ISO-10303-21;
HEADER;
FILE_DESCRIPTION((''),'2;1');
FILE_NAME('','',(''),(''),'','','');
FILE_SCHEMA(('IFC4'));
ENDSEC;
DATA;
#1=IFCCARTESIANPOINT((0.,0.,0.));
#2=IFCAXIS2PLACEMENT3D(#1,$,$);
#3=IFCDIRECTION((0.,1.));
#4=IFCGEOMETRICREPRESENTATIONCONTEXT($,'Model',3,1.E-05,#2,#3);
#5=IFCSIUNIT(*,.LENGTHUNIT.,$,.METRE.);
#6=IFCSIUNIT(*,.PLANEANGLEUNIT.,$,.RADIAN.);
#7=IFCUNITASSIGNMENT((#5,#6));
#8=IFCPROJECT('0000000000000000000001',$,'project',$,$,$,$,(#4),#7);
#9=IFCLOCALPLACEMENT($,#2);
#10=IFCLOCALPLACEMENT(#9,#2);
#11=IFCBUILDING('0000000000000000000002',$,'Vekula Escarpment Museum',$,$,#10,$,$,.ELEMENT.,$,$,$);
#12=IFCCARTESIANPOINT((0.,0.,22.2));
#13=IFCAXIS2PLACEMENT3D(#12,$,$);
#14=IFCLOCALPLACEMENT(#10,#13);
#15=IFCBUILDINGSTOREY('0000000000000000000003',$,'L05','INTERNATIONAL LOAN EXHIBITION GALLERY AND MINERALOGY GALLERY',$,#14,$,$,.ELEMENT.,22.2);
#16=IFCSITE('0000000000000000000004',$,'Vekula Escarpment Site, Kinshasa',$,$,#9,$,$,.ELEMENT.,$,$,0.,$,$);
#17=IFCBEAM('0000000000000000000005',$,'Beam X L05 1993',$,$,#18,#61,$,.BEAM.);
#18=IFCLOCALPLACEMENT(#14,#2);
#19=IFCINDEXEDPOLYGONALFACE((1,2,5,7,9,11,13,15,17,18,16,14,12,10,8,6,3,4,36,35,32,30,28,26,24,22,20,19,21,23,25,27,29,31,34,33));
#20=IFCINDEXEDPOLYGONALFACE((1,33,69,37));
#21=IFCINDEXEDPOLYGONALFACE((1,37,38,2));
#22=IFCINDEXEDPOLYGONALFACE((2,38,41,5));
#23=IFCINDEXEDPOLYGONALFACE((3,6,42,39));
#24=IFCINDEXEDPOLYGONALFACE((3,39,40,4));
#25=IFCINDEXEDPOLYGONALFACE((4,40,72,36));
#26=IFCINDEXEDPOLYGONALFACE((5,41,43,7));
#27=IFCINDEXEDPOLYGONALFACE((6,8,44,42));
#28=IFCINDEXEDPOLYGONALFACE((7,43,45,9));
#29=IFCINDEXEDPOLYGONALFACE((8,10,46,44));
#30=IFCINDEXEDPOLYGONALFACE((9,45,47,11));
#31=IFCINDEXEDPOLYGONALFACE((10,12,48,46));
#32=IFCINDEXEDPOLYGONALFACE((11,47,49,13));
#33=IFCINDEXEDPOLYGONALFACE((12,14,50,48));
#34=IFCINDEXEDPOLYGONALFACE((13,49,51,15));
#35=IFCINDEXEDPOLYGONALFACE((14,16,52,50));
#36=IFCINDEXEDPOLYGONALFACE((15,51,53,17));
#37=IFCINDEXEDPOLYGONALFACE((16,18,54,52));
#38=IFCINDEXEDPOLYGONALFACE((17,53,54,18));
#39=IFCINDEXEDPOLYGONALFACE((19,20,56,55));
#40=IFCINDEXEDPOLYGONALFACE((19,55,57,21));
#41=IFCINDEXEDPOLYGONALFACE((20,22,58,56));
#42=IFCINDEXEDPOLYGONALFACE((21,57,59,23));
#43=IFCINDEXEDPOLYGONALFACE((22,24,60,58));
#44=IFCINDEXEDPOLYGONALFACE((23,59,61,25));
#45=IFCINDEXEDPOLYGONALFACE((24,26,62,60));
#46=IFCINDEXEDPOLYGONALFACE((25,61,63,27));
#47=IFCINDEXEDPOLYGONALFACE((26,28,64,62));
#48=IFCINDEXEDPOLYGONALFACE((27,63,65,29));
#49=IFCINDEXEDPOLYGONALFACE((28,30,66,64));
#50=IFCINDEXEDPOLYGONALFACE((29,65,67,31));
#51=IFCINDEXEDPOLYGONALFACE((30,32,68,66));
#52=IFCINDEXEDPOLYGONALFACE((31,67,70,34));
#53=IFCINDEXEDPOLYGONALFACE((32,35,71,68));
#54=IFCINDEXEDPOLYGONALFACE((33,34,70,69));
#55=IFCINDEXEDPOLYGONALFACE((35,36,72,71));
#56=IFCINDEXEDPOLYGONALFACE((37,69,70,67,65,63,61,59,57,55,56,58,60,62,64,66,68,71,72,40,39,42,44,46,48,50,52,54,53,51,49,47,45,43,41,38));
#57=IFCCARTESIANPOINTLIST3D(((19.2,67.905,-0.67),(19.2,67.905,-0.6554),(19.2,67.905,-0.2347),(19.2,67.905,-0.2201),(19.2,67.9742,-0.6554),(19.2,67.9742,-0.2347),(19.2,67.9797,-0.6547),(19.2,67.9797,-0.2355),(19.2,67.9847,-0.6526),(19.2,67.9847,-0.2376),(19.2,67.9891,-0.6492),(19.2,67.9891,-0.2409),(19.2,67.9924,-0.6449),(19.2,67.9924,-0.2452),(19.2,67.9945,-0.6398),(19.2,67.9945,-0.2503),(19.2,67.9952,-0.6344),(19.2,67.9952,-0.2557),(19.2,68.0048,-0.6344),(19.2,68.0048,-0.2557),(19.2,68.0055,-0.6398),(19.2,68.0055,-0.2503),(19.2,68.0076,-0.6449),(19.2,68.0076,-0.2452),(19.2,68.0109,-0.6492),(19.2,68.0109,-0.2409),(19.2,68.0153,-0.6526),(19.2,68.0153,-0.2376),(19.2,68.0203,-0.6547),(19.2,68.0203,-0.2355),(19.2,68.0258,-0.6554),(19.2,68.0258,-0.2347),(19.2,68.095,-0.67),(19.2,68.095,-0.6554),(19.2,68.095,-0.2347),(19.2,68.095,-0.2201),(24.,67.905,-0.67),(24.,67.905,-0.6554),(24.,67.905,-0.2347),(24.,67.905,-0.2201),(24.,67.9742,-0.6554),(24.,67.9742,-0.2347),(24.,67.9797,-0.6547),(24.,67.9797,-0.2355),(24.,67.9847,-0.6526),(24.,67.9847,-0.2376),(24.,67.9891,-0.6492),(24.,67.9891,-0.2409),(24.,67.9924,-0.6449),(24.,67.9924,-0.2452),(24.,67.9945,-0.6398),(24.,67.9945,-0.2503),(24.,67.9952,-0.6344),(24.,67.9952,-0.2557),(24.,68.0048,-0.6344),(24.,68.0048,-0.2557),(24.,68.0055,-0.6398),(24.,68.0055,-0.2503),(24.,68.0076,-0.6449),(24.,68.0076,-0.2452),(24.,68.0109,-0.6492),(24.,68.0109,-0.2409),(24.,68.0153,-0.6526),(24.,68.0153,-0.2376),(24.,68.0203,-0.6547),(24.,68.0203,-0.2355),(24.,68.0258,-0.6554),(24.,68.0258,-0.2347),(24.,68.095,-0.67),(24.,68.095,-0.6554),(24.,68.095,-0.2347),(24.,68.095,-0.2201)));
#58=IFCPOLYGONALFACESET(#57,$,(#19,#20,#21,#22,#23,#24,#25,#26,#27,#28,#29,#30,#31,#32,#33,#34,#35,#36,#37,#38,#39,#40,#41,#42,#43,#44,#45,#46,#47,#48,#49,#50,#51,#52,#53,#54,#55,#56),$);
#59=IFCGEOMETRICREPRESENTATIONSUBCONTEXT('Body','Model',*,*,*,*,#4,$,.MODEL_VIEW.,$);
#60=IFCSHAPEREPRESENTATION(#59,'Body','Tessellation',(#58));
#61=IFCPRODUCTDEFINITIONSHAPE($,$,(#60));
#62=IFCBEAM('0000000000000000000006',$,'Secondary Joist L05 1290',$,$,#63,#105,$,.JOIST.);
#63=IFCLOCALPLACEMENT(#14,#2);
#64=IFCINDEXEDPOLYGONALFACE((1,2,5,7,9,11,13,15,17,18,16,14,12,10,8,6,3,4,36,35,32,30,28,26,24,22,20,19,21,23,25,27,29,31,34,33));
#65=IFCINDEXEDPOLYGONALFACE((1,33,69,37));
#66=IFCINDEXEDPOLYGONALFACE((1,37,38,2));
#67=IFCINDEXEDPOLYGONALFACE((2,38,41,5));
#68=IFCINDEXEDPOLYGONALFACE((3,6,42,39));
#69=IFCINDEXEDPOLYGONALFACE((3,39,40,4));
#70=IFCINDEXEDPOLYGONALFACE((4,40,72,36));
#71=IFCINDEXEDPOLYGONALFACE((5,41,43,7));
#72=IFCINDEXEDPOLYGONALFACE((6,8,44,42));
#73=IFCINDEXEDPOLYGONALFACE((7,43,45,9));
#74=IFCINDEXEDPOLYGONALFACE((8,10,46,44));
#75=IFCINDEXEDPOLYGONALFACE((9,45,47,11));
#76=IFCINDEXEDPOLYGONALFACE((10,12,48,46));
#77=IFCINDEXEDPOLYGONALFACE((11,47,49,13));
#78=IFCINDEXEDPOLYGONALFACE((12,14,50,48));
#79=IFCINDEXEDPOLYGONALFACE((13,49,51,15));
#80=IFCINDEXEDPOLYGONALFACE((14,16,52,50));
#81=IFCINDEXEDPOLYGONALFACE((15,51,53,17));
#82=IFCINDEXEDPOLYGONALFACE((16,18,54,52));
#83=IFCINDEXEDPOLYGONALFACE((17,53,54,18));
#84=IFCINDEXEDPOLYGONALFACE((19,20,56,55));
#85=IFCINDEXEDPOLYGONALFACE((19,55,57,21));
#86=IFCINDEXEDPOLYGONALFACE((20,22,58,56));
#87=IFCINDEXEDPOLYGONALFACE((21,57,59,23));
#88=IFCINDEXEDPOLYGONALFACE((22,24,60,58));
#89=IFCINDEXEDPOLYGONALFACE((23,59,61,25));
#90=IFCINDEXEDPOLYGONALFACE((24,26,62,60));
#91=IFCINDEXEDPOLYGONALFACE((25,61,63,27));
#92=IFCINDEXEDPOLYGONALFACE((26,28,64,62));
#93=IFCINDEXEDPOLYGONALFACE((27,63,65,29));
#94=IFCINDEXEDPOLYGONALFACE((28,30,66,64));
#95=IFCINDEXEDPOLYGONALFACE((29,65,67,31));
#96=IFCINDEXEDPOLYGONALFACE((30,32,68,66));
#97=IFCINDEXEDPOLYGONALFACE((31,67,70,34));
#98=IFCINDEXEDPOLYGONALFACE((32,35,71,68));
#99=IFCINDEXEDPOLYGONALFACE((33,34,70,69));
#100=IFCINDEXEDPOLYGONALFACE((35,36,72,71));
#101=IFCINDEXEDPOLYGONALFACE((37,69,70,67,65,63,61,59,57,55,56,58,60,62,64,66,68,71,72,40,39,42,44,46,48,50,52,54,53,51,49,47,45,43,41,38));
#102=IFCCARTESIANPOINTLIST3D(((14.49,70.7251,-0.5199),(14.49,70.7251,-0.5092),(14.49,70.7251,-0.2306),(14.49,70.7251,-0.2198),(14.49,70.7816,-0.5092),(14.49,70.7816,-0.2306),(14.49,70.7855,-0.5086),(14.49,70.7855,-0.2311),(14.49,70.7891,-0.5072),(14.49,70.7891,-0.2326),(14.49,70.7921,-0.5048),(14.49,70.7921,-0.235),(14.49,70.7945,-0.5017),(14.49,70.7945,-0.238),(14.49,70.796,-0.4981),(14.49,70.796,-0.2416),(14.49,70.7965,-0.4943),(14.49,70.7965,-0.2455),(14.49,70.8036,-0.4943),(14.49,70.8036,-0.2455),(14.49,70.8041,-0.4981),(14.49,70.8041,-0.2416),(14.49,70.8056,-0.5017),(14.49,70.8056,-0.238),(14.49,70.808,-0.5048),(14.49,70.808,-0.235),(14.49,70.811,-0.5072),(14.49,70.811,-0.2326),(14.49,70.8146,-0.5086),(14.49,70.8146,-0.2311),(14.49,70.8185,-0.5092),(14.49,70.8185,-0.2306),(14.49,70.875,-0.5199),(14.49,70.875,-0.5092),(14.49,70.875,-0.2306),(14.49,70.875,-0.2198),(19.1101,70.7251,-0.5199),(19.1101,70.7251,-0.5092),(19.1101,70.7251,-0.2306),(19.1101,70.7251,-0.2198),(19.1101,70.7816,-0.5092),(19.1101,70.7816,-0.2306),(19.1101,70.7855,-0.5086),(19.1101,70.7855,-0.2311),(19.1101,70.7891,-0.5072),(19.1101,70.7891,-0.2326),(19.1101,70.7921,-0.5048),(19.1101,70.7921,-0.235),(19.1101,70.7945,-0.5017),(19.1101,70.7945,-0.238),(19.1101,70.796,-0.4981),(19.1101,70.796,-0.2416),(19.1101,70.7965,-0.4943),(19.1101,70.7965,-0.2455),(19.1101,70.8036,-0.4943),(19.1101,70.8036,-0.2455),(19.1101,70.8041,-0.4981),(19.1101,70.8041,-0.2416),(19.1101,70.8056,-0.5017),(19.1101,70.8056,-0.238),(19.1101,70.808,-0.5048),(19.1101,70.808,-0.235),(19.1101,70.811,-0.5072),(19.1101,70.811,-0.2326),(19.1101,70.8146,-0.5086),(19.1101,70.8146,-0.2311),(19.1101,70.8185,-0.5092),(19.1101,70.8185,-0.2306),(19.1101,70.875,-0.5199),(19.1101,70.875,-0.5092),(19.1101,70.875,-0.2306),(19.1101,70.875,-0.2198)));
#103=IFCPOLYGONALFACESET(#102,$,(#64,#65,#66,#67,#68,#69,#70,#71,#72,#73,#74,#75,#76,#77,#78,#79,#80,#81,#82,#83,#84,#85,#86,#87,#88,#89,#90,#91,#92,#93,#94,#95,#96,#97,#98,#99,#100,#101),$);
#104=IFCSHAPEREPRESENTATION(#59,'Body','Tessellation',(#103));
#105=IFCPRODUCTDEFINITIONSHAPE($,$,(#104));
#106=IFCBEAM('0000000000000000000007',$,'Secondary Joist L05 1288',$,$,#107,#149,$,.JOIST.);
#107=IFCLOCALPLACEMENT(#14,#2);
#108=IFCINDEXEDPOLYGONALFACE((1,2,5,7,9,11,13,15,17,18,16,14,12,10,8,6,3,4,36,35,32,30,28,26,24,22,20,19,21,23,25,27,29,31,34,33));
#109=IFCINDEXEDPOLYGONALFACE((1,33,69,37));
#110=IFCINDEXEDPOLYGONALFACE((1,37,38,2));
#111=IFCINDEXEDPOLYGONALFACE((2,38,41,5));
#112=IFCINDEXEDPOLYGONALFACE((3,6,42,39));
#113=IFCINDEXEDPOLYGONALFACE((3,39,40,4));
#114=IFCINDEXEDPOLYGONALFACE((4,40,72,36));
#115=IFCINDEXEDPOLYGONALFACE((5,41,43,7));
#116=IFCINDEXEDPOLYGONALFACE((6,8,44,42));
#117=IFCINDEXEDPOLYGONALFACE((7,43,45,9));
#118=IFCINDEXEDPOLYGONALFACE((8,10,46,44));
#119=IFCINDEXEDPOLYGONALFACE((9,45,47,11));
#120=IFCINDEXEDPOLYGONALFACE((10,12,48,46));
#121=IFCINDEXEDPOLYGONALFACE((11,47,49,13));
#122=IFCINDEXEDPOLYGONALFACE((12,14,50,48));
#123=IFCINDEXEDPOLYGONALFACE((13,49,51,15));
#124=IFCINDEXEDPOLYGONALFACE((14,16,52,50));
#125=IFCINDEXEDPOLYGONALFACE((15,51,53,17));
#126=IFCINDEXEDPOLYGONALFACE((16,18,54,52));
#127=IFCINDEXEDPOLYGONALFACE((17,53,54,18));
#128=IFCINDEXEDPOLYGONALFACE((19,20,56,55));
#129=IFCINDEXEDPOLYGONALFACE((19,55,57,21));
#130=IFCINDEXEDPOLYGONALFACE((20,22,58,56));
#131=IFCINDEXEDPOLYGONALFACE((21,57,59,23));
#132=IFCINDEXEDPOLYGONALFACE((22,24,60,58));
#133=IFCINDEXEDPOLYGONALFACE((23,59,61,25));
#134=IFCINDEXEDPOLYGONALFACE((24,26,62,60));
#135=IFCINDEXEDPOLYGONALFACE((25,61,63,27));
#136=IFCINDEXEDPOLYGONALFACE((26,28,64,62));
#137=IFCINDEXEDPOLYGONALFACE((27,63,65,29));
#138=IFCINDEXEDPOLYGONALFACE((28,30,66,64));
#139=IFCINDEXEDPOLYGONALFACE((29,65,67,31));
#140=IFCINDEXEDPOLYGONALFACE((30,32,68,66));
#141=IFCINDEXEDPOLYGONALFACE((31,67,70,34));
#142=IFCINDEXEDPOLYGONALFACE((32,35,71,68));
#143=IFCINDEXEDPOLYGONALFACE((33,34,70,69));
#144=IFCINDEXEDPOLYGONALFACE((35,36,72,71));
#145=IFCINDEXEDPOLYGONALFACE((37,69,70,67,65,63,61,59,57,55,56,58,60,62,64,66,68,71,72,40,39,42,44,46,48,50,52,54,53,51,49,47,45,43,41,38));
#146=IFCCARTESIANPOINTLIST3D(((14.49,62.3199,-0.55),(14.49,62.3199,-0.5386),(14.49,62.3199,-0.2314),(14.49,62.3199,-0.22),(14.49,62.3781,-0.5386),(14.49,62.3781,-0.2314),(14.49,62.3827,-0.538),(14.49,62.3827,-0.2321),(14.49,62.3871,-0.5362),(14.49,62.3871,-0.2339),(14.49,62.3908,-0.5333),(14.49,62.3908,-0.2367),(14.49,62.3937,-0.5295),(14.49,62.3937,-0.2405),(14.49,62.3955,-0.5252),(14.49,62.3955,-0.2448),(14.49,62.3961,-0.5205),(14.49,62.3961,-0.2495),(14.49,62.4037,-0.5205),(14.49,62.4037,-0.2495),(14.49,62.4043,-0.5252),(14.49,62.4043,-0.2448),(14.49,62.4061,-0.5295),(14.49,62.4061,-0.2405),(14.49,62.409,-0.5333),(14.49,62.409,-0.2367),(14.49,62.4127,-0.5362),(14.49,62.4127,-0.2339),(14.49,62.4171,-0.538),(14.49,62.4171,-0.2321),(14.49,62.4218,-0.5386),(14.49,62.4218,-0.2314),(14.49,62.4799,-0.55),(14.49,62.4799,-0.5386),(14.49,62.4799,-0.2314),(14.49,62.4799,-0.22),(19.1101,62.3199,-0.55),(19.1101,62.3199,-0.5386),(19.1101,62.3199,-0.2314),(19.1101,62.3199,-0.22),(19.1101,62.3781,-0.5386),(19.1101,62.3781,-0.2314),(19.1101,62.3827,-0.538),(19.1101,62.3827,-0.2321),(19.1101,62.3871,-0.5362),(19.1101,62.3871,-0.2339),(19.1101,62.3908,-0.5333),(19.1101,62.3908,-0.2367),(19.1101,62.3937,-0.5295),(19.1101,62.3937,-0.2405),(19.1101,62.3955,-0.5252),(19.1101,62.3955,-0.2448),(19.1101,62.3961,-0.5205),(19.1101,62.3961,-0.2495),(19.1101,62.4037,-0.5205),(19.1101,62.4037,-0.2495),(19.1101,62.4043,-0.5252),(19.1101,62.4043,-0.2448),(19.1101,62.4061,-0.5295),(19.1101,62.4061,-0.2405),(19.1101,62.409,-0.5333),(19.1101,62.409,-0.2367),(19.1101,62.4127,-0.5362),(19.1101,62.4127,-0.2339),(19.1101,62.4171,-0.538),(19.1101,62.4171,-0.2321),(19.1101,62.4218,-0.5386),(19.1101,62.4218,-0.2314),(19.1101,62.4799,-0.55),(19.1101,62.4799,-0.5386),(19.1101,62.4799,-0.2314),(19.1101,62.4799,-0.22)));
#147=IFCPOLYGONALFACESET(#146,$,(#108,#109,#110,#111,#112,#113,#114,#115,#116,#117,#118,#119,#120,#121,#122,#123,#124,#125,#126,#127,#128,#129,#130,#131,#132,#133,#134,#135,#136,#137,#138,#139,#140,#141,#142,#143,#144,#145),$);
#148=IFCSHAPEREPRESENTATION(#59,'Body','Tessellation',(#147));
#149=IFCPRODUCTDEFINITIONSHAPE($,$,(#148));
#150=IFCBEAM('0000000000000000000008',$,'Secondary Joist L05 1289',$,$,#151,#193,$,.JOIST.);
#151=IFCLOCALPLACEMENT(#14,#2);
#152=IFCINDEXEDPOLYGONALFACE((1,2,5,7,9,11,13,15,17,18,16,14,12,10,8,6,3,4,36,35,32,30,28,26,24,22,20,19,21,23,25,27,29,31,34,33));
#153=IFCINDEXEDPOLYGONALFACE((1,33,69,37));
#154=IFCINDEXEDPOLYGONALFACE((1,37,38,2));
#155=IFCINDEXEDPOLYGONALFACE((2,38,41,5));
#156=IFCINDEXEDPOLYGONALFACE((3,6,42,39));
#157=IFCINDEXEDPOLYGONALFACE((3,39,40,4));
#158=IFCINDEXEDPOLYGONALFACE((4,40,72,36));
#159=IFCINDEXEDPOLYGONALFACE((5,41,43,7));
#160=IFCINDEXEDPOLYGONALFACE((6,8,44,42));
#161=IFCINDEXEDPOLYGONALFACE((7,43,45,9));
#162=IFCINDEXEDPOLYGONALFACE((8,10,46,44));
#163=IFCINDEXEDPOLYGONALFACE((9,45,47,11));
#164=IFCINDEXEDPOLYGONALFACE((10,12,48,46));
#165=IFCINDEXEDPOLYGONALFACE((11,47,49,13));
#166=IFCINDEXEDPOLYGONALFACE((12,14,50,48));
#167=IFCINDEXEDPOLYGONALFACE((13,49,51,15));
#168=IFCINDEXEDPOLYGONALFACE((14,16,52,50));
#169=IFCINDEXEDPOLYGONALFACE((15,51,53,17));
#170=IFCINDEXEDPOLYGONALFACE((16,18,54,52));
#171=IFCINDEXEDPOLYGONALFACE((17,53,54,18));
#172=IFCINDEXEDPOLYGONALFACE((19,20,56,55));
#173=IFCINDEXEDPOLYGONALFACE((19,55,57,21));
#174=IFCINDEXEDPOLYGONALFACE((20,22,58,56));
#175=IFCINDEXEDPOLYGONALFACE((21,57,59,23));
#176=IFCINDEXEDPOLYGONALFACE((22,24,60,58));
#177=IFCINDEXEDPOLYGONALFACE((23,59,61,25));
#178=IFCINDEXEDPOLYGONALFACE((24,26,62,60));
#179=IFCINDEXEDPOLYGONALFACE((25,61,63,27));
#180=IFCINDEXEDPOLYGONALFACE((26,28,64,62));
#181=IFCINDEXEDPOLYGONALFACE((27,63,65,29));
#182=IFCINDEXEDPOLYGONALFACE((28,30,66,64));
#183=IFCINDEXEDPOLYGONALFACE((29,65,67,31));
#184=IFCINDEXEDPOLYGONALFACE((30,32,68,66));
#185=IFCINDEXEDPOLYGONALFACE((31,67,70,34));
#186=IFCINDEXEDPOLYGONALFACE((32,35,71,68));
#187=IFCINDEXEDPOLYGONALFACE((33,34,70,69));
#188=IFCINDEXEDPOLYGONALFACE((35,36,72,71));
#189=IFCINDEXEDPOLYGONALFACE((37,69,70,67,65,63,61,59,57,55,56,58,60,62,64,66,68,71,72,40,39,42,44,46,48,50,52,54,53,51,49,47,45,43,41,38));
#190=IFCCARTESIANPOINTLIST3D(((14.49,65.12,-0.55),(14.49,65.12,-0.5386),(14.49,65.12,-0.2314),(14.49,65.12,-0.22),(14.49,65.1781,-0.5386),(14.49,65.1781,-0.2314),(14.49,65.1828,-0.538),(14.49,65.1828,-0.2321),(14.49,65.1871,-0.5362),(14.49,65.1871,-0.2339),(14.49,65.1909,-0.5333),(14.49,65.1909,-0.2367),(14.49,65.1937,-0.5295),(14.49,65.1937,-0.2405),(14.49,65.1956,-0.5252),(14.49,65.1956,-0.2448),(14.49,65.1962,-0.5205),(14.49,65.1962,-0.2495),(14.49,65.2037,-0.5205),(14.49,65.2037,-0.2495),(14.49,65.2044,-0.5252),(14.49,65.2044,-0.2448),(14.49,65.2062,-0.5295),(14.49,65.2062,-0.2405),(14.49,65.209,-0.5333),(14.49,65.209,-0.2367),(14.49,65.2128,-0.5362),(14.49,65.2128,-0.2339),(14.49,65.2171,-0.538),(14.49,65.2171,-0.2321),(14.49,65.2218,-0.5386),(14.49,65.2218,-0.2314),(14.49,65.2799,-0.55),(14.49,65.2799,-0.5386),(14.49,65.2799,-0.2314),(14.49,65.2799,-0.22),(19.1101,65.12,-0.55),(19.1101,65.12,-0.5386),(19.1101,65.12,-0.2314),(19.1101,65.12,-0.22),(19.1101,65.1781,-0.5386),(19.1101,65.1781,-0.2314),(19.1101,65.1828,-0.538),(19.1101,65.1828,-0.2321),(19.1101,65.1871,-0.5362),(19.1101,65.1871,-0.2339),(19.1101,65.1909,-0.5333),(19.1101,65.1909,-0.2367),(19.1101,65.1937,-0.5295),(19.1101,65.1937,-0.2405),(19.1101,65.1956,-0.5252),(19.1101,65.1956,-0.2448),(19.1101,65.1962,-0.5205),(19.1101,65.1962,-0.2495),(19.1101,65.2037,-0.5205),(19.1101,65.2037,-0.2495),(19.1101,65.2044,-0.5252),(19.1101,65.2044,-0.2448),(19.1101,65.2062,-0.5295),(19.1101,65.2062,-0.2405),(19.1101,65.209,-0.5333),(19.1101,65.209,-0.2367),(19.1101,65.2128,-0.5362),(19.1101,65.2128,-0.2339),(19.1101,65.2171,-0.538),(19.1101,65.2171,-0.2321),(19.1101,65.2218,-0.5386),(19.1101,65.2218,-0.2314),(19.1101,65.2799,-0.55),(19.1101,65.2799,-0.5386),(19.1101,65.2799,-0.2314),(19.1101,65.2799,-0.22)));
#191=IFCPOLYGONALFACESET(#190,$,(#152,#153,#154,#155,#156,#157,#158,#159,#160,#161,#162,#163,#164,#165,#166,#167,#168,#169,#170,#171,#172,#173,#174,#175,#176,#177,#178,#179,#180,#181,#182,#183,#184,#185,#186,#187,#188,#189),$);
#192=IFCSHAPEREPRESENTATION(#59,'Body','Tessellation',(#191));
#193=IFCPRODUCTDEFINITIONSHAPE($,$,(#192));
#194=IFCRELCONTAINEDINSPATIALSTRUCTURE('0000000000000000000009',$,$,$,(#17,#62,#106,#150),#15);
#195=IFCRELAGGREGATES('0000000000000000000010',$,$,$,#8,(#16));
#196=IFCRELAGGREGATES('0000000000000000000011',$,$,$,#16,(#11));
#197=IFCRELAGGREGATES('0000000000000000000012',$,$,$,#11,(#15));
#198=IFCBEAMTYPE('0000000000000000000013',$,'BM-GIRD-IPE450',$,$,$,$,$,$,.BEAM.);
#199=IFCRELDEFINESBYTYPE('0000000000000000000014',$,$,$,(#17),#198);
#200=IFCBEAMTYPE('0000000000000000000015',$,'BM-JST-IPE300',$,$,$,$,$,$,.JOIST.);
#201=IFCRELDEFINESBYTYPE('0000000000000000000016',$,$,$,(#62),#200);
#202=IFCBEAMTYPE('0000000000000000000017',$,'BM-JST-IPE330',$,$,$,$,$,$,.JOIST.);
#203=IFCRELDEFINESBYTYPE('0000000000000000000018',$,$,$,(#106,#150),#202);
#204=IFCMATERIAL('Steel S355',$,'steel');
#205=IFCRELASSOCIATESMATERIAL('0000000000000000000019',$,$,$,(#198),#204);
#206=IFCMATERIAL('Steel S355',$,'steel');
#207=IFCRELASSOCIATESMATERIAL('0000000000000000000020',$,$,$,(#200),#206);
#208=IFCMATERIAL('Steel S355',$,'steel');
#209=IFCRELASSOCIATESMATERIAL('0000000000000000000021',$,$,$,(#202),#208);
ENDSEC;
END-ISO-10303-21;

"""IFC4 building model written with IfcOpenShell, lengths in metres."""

from ifc_helpers import new_model, si_unit, direction, frame, origin, origin_2d, place, context, subcontext, project, spatial, i_section, extrude, material, material_profile, profile_set, type_object, element, save


model = new_model("IFC4")

# Units and contexts
model_context = context("Model", 3, precision=1e-05, world=origin(), true_north=direction((0.0, 1.0)))
body_context = subcontext(model_context, "Body", "Model", "MODEL_VIEW")
ifc_project = project(units=[si_unit("LENGTHUNIT", "METRE"), si_unit("PLANEANGLEUNIT", "RADIAN")], contexts=[model_context])

# Site, building, storey
site_placement = place(None, origin())
site = spatial("IfcSite", under=ifc_project, at=site_placement, Name="Vekula Escarpment Site, Kinshasa", CompositionType="ELEMENT", RefElevation=0.0)
building_placement = place(site_placement, origin())
building = spatial("IfcBuilding", under=site, at=building_placement, Name="Vekula Escarpment Museum", CompositionType="ELEMENT")
storey_placement = place(building_placement, frame((0.0, 0.0, 22.2)))
storey = spatial("IfcBuildingStorey", under=building, at=storey_placement, Name="L05", Description="INTERNATIONAL LOAN EXHIBITION GALLERY AND MINERALOGY GALLERY", CompositionType="ELEMENT", Elevation=22.2)

# Beams
ifc_material_1 = material(Name="Steel S355", Category="steel")
ifc_material_profile_1 = material_profile(ifc_material_1, i_section(OverallWidth=0.1899, OverallDepth=0.45, WebThickness=0.0095, FlangeThickness=0.0146, FilletRadius=0.021, at=origin_2d()), Name="IPE 450")
ifc_profile_set_1 = profile_set([ifc_material_profile_1], Name="Steel S355")
beam_type_1 = type_object("IfcBeamType", Name="BM-GIRD-IPE450", PredefinedType="BEAM", material=ifc_profile_set_1)
beam_1_placement = place(storey_placement, frame((19.2, 68.0, -0.4451), z_axis=(1.0, 0.0, 0.0), x_axis=(0.0, 1.0, 0.0)))
element("IfcBeam", 1, at=beam_1_placement, inside=storey, type_object=beam_type_1, Name="Beam X L05 1993", PredefinedType="BEAM", context=body_context, shape_type="SweptSolid", body=[
    extrude(i_section(OverallWidth=0.1899, OverallDepth=0.45, WebThickness=0.0095, FlangeThickness=0.0146, FilletRadius=0.021, at=origin_2d()), origin(), (0.0, 0.0, 1.0), 4.8),
])
ifc_material_2 = material(Name="Steel S355", Category="steel")
ifc_material_profile_2 = material_profile(ifc_material_2, i_section(OverallWidth=0.1499, OverallDepth=0.3, WebThickness=0.0071, FlangeThickness=0.0107, FilletRadius=0.0149, at=origin_2d()), Name="IPE 300")
ifc_profile_set_2 = profile_set([ifc_material_profile_2], Name="Steel S355")
beam_type_2 = type_object("IfcBeamType", Name="BM-JST-IPE300", PredefinedType="JOIST", material=ifc_profile_set_2)
beam_2_placement = place(storey_placement, frame((14.49, 70.8, -0.3699), z_axis=(1.0, 0.0, 0.0), x_axis=(0.0, 1.0, 0.0)))
element("IfcBeam", 2, at=beam_2_placement, inside=storey, type_object=beam_type_2, Name="Secondary Joist L05 1290", PredefinedType="JOIST", context=body_context, shape_type="SweptSolid", body=[
    extrude(i_section(OverallWidth=0.1499, OverallDepth=0.3, WebThickness=0.0071, FlangeThickness=0.0107, FilletRadius=0.0149, at=origin_2d()), origin(), (0.0, 0.0, 1.0), 4.6201),
])
ifc_material_3 = material(Name="Steel S355", Category="steel")
ifc_material_profile_3 = material_profile(ifc_material_3, i_section(OverallWidth=0.1599, OverallDepth=0.3301, WebThickness=0.0076, FlangeThickness=0.0115, FilletRadius=0.0181, at=origin_2d()), Name="IPE 330")
ifc_profile_set_3 = profile_set([ifc_material_profile_3], Name="Steel S355")
beam_type_3 = type_object("IfcBeamType", Name="BM-JST-IPE330", PredefinedType="JOIST", material=ifc_profile_set_3)
for number, where, z_axis, x_axis, name in (
    (3, (14.49, 62.3999, -0.385), (1.0, 0.0, 0.0), (0.0, 1.0, 0.0), "Secondary Joist L05 1288"),
    (4, (14.49, 65.2, -0.385), (1.0, 0.0, 0.0), (0.0, 1.0, 0.0), "Secondary Joist L05 1289"),
):
    element("IfcBeam", number, at=place(storey_placement, frame(where, z_axis=z_axis, x_axis=x_axis)), inside=storey, type_object=beam_type_3, Name=name, PredefinedType="JOIST", context=body_context, shape_type="SweptSolid", body=[
        extrude(i_section(OverallWidth=0.1599, OverallDepth=0.3301, WebThickness=0.0076, FlangeThickness=0.0115, FilletRadius=0.0181, at=origin_2d()), origin(), (0.0, 0.0, 1.0), 4.6201),
    ])

save(model, "model.ifc")
